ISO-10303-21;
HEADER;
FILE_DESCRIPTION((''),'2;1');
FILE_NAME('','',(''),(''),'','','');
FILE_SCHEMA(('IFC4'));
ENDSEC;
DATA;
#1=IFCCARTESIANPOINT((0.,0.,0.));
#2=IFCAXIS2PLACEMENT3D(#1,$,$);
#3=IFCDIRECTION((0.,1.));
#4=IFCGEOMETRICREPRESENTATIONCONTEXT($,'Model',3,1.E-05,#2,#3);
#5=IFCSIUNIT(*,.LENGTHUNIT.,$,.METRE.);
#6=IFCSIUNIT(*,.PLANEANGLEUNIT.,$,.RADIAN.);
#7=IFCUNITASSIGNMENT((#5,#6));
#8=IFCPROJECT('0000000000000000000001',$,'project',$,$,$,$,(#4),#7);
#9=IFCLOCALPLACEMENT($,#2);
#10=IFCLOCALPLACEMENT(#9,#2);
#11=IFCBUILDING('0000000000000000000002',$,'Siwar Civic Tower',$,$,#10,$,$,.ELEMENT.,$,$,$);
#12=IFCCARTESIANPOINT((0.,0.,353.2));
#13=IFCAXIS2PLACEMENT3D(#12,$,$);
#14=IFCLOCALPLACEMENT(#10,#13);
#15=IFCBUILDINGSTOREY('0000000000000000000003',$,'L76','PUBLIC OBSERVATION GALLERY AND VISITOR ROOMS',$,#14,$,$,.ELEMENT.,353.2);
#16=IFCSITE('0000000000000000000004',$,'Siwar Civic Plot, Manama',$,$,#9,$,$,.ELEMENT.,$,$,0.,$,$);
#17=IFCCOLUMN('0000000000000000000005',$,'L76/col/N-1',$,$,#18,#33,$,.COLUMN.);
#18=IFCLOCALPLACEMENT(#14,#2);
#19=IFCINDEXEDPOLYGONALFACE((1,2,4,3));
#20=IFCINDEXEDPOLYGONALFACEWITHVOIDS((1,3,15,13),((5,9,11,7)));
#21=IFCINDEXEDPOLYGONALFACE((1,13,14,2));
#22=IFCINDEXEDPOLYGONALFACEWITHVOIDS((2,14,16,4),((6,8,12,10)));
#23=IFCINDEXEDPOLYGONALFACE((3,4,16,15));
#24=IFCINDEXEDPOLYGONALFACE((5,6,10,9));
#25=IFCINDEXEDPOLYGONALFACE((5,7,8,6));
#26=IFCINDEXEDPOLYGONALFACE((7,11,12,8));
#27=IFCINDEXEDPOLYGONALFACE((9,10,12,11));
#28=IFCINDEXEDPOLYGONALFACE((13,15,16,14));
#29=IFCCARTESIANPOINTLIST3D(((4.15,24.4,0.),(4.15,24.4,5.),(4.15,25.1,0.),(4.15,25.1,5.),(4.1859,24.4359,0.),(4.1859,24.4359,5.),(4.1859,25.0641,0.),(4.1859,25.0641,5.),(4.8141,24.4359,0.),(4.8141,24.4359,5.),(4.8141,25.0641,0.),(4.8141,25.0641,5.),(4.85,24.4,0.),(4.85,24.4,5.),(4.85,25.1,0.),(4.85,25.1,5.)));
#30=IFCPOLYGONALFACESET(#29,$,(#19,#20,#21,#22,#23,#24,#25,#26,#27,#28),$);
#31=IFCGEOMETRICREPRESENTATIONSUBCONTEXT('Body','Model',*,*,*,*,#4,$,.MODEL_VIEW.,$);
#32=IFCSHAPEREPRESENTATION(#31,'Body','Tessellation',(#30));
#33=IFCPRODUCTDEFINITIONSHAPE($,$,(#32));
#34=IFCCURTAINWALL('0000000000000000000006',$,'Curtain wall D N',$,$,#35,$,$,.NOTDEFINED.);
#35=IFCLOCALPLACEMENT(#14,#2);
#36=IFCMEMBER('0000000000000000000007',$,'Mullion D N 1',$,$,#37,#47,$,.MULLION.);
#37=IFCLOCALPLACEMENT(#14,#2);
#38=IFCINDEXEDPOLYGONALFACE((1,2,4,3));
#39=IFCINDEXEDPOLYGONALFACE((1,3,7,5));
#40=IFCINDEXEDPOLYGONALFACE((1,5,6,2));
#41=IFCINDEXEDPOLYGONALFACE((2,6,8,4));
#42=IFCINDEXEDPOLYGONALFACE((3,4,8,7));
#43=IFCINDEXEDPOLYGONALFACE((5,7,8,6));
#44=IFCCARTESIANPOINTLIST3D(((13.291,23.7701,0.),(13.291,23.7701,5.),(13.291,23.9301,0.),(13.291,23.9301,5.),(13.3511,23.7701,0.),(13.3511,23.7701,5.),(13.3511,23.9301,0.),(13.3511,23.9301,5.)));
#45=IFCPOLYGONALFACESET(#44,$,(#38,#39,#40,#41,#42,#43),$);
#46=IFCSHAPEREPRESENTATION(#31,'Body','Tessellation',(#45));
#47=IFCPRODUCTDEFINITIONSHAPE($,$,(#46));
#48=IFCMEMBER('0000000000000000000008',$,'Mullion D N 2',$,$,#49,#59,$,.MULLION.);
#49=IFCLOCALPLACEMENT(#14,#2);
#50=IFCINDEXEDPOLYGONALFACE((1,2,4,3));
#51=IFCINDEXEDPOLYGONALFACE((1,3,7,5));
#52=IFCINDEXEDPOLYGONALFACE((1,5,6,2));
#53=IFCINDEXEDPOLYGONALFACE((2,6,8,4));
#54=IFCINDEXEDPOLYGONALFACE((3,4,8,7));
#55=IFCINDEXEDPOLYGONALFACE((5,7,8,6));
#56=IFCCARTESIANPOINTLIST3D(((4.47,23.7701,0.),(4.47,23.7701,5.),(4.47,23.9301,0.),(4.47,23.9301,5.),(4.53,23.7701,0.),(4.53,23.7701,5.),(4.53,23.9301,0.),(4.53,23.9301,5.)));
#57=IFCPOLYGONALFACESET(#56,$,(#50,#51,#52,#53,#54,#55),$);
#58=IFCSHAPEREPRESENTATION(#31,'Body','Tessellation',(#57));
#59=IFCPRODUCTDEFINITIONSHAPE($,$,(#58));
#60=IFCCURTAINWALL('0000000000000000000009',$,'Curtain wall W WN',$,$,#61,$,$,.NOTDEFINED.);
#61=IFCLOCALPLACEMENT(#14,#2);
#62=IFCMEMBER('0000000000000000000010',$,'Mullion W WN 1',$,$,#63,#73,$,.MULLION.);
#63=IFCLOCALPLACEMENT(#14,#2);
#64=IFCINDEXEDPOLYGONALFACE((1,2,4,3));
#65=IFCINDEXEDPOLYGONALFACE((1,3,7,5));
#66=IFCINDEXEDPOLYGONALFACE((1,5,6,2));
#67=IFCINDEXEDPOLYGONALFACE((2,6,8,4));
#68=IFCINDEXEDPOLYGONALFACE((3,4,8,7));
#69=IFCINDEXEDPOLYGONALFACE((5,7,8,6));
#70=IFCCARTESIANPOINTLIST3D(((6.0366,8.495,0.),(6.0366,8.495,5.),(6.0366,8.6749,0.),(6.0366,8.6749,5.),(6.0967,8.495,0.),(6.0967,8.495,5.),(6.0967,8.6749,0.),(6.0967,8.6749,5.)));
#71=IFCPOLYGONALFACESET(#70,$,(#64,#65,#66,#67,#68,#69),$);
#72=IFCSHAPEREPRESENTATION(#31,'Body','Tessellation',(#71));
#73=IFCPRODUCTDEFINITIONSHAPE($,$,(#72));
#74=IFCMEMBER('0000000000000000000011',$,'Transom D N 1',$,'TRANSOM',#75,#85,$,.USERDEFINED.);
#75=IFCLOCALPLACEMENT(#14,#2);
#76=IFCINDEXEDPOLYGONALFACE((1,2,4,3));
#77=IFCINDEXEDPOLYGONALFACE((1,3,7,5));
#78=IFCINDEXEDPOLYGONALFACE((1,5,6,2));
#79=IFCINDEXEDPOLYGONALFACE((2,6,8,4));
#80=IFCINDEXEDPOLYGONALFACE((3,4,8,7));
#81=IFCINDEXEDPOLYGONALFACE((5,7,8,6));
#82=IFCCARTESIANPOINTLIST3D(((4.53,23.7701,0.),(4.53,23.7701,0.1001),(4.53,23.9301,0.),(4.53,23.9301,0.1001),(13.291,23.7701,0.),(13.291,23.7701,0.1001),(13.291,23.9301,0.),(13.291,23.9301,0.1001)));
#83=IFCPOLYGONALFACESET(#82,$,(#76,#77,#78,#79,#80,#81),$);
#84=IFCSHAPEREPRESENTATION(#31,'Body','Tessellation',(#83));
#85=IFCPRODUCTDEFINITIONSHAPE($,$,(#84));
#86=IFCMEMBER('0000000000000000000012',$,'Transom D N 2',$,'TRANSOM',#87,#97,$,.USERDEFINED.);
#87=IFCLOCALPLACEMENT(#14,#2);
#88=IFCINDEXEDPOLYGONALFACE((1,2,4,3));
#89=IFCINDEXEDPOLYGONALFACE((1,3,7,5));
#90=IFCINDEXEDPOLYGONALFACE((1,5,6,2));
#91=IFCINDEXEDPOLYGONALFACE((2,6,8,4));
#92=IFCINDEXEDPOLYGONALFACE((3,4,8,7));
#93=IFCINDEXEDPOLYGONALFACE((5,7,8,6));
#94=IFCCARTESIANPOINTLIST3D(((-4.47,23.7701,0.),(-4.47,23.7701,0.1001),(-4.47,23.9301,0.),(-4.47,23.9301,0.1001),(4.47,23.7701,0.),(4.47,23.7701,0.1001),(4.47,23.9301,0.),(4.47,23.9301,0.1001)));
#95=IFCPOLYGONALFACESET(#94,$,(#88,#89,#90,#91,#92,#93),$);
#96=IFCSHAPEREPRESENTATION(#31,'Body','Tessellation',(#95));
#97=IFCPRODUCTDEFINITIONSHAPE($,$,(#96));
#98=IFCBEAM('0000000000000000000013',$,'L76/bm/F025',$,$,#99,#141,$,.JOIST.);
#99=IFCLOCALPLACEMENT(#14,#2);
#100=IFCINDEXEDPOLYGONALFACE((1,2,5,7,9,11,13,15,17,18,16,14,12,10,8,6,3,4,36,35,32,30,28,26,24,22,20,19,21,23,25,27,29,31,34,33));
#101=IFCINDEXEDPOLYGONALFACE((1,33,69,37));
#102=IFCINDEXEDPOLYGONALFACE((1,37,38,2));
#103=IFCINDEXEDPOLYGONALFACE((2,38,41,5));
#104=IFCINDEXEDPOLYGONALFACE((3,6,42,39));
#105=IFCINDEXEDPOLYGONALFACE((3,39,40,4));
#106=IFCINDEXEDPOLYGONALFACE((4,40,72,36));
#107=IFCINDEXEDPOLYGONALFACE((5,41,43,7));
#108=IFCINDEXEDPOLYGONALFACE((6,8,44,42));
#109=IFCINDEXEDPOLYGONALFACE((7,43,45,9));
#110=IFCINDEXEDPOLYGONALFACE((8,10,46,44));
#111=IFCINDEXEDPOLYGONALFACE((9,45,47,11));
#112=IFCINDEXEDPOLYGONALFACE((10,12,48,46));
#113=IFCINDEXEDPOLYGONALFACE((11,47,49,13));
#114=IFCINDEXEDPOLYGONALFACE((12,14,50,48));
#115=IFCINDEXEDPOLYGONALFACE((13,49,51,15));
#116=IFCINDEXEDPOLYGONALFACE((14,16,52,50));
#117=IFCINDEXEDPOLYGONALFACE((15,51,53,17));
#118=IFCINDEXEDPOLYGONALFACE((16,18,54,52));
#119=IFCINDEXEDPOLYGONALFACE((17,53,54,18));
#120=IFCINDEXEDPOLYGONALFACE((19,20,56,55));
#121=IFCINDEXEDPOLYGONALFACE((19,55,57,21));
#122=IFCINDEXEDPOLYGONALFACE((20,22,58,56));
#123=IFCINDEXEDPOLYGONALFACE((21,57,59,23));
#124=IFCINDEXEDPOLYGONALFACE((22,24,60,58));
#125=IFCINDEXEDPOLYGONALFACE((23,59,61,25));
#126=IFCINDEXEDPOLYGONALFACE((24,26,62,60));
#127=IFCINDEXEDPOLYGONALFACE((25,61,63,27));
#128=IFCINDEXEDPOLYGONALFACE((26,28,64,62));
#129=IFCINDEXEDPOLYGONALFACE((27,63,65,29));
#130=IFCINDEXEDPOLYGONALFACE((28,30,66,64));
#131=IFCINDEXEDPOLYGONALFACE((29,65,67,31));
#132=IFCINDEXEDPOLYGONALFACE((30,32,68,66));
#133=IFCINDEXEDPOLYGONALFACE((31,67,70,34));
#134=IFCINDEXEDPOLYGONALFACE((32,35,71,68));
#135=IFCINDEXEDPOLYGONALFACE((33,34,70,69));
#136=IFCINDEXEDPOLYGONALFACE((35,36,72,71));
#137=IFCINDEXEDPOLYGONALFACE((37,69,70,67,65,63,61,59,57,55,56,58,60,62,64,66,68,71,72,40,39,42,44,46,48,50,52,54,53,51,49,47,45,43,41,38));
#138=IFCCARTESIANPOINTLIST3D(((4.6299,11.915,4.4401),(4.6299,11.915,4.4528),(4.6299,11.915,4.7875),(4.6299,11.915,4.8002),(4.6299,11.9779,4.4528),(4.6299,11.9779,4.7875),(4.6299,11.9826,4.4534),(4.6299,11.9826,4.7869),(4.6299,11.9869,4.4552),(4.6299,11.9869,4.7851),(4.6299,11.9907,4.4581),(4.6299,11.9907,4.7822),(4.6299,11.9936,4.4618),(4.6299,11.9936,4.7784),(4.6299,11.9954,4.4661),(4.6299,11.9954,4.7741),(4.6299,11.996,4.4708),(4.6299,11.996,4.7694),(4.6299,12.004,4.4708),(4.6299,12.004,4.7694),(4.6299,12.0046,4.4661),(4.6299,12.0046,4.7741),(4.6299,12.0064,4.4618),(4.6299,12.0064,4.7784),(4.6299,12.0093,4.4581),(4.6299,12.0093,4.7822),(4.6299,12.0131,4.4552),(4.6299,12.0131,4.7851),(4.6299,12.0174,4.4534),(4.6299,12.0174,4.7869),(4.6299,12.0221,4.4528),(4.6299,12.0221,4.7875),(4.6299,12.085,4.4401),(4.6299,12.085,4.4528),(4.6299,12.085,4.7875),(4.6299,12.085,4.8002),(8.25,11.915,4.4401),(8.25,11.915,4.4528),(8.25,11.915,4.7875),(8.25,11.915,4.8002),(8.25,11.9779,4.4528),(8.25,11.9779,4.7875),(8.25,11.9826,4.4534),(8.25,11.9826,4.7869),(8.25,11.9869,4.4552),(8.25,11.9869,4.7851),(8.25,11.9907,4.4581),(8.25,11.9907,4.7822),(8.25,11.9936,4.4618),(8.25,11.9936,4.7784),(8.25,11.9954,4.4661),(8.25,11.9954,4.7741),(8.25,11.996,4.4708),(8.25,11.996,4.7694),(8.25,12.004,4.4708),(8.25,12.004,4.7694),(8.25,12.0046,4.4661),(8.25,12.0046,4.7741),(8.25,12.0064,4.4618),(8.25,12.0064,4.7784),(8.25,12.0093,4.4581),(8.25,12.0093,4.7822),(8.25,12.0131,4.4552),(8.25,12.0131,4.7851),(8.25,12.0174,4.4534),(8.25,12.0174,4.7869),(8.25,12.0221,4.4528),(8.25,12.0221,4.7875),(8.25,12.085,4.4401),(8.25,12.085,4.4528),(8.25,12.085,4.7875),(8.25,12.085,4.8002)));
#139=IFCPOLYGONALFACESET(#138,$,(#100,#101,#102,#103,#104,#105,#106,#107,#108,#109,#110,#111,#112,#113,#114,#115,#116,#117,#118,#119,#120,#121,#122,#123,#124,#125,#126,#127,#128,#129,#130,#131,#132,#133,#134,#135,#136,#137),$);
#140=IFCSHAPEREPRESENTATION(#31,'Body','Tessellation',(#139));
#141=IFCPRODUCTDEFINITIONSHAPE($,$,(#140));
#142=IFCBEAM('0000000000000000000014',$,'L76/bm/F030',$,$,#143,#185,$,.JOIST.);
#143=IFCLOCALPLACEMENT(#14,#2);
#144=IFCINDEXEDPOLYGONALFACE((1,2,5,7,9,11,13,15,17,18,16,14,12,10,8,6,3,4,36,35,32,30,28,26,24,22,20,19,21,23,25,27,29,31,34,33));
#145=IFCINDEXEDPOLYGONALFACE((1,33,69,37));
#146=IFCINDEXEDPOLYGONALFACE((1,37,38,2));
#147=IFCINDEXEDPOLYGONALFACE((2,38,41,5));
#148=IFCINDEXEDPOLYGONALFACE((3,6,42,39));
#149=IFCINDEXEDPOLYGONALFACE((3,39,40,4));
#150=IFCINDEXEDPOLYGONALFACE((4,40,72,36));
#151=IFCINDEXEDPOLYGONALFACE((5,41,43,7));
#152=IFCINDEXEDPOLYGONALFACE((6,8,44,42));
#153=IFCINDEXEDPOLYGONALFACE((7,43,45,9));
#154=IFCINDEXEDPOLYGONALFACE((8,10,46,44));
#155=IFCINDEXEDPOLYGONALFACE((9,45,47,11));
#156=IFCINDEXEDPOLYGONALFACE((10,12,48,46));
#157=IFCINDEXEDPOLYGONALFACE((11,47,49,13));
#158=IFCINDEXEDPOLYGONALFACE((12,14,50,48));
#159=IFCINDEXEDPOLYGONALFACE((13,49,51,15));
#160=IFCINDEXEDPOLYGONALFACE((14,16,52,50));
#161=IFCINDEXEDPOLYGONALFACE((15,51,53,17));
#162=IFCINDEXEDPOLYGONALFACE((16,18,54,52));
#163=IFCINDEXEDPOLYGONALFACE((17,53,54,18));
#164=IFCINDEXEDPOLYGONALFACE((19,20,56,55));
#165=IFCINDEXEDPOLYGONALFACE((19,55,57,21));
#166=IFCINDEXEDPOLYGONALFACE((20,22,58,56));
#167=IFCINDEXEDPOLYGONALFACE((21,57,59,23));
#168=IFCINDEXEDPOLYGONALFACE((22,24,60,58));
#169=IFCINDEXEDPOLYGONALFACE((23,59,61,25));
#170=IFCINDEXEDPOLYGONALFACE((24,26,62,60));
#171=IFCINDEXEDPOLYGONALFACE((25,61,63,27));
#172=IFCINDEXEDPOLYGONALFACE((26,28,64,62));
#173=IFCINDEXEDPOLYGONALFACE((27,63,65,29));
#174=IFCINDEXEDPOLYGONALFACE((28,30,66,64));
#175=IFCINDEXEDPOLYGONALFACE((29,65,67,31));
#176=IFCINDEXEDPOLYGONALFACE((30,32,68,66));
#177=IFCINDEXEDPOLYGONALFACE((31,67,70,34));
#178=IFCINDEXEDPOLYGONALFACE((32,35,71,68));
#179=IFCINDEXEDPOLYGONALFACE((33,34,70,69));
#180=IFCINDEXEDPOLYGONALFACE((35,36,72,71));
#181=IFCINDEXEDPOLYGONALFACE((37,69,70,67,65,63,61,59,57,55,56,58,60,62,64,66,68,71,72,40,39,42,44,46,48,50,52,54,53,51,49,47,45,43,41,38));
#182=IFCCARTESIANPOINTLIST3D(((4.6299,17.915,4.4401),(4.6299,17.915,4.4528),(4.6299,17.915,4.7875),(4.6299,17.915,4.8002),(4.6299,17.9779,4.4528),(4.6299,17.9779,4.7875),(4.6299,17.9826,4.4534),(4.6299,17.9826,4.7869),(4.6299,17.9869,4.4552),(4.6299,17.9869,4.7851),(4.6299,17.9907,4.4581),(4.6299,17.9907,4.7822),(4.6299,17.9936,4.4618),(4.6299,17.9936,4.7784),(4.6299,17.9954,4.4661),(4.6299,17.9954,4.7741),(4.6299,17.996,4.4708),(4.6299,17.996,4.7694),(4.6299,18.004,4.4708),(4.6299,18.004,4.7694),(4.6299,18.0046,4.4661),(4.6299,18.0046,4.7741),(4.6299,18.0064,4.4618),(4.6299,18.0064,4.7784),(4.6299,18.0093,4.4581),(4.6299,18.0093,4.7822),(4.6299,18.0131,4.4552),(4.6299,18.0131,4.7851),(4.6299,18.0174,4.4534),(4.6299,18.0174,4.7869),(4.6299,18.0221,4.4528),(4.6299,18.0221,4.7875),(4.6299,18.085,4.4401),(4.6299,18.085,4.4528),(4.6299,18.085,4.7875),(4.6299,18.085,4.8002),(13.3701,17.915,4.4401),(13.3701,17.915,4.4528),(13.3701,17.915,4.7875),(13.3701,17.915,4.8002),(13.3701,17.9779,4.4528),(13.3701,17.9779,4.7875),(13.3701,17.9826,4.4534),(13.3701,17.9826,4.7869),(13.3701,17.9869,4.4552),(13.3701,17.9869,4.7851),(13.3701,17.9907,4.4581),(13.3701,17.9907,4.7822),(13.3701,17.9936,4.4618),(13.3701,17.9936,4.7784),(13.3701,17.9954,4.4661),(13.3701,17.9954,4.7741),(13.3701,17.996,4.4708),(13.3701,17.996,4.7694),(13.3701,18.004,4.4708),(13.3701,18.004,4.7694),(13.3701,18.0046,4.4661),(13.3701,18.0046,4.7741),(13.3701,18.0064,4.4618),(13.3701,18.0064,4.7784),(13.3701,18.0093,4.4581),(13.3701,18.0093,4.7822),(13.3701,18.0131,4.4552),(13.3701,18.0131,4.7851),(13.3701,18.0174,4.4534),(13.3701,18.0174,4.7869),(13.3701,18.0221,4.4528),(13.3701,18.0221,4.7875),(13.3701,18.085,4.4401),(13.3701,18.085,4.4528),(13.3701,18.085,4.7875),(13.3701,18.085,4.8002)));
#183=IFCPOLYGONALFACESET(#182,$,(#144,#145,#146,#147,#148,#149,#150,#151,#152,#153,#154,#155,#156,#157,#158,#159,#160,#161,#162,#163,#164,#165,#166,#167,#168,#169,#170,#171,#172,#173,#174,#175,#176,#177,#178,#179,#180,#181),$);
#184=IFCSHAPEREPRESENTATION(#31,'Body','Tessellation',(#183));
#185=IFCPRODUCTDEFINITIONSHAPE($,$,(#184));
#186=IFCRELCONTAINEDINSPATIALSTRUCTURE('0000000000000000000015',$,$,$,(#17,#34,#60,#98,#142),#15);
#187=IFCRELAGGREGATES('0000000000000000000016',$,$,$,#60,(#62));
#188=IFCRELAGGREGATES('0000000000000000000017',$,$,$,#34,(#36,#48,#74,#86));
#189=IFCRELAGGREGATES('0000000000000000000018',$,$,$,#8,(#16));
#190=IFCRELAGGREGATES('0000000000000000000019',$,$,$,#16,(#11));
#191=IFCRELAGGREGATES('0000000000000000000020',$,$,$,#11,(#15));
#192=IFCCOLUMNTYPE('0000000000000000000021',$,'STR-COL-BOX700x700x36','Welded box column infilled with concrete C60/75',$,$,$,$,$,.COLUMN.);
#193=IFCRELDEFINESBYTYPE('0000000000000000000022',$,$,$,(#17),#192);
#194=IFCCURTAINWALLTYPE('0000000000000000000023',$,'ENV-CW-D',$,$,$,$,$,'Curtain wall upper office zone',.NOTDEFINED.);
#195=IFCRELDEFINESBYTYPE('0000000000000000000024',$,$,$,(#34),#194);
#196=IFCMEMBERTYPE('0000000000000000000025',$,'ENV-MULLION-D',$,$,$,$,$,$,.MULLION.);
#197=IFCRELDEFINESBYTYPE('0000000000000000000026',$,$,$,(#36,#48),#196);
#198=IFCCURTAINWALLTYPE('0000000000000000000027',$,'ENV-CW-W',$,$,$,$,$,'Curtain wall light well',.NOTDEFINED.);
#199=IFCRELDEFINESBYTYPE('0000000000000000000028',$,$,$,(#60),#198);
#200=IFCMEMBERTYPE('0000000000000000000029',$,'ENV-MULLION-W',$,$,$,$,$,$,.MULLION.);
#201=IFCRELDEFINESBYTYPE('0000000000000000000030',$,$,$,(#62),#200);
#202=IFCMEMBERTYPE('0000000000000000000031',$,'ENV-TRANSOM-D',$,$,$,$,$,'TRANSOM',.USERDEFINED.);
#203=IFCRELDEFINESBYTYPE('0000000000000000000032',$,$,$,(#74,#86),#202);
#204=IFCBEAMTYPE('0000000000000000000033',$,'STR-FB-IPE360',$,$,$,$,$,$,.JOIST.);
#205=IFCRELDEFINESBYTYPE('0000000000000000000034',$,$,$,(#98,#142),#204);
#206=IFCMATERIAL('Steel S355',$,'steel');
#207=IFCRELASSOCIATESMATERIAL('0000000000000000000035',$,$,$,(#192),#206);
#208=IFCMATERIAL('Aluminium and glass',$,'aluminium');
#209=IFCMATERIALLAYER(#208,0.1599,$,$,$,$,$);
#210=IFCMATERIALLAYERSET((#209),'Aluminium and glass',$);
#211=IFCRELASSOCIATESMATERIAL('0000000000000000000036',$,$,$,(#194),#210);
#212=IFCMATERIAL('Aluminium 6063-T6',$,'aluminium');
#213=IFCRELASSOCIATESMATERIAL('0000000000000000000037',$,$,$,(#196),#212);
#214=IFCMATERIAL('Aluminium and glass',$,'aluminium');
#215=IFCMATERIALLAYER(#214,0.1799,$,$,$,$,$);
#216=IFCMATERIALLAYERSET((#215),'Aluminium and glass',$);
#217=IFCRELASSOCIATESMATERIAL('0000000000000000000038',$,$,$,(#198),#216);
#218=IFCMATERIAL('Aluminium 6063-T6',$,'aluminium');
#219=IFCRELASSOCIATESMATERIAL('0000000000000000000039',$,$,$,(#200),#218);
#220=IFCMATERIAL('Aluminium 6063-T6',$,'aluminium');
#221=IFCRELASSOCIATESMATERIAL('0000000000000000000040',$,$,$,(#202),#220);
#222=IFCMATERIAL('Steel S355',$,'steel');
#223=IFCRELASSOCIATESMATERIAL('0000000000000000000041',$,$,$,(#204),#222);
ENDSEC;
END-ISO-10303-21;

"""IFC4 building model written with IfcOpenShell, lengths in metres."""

from ifc_helpers import new_model, si_unit, direction, frame, origin, origin_2d, place, context, subcontext, project, spatial, rectangle, hollow_rectangle, i_section, extrude, material, layer, layer_set, material_profile, profile_set, type_object, element, aggregate, save


model = new_model("IFC4")

# Units and contexts
model_context = context("Model", 3, precision=1e-05, world=origin(), true_north=direction((0.0, 1.0)))
body_context = subcontext(model_context, "Body", "Model", "MODEL_VIEW")
ifc_project = project(units=[si_unit("LENGTHUNIT", "METRE"), si_unit("PLANEANGLEUNIT", "RADIAN")], contexts=[model_context])

# Site, building, storey
site_placement = place(None, origin())
site = spatial("IfcSite", under=ifc_project, at=site_placement, Name="Siwar Civic Plot, Manama", CompositionType="ELEMENT", RefElevation=0.0)
building_placement = place(site_placement, origin())
building = spatial("IfcBuilding", under=site, at=building_placement, Name="Siwar Civic Tower", CompositionType="ELEMENT")
storey_placement = place(building_placement, frame((0.0, 0.0, 353.2)))
storey = spatial("IfcBuildingStorey", under=building, at=storey_placement, Name="L76", Description="PUBLIC OBSERVATION GALLERY AND VISITOR ROOMS", CompositionType="ELEMENT", Elevation=353.2)

# Column
ifc_material_1 = material(Name="Steel S355", Category="steel")
ifc_material_profile_1 = material_profile(ifc_material_1, hollow_rectangle(XDim=0.7, YDim=0.7, WallThickness=0.0359, at=origin_2d()), Name="BOX700x700x36")
ifc_profile_set_1 = profile_set([ifc_material_profile_1], Name="Steel S355")
column_type = type_object("IfcColumnType", Name="STR-COL-BOX700x700x36", Description="Welded box column infilled with concrete C60/75", PredefinedType="COLUMN", material=ifc_profile_set_1)
column_placement = place(storey_placement, frame((4.5, 24.75, 0.0), z_axis=(0.0, 0.0, 1.0), x_axis=(1.0, 0.0, 0.0)))
element("IfcColumn", 1, at=column_placement, inside=storey, type_object=column_type, Name="L76/col/N-1", PredefinedType="COLUMN", context=body_context, shape_type="SweptSolid", body=[
    extrude(hollow_rectangle(XDim=0.7, YDim=0.7, WallThickness=0.0359, at=origin_2d()), origin(), (0.0, 0.0, 1.0), 5.0),
])

# Curtain wall, members
ifc_material_2 = material(Name="Aluminium and glass", Category="aluminium")
ifc_layer_1 = layer(ifc_material_2, 0.1599)
ifc_layer_set_1 = layer_set([ifc_layer_1], Name="Aluminium and glass")
curtain_wall_type_1 = type_object("IfcCurtainWallType", Name="ENV-CW-D", ElementType="Curtain wall upper office zone", PredefinedType="NOTDEFINED", material=ifc_layer_set_1)
curtain_wall_1_placement = place(storey_placement, origin())
curtain_wall_1 = element("IfcCurtainWall", 2, at=curtain_wall_1_placement, inside=storey, type_object=curtain_wall_type_1, Name="Curtain wall D N", PredefinedType="NOTDEFINED")
ifc_material_3 = material(Name="Aluminium 6063-T6", Category="aluminium")
ifc_material_profile_2 = material_profile(ifc_material_3, rectangle(XDim=0.1599, YDim=0.0601, at=origin_2d()), Name="AL 160x60")
ifc_profile_set_2 = profile_set([ifc_material_profile_2], Name="Aluminium 6063-T6")
member_type_1 = type_object("IfcMemberType", Name="ENV-MULLION-D", PredefinedType="MULLION", material=ifc_profile_set_2)
member_1_placement = place(storey_placement, frame((13.321, 23.8501, 0.0), z_axis=(0.0, 0.0, 1.0), x_axis=(0.0, -1.0, 0.0)))
member_1 = element("IfcMember", 3, at=member_1_placement, type_object=member_type_1, Name="Mullion D N 1", PredefinedType="MULLION", context=body_context, shape_type="SweptSolid", body=[
    extrude(rectangle(XDim=0.1599, YDim=0.0601, at=origin_2d()), origin(), (0.0, 0.0, 1.0), 5.0),
])
member_2_placement = place(storey_placement, frame((4.5, 23.8501, 0.0), z_axis=(0.0, 0.0, 1.0), x_axis=(0.0, -1.0, 0.0)))
member_2 = element("IfcMember", 4, at=member_2_placement, type_object=member_type_1, Name="Mullion D N 2", PredefinedType="MULLION", context=body_context, shape_type="SweptSolid", body=[
    extrude(rectangle(XDim=0.1599, YDim=0.0601, at=origin_2d()), origin(), (0.0, 0.0, 1.0), 5.0),
])

# Curtain wall, member
ifc_material_4 = material(Name="Aluminium and glass", Category="aluminium")
ifc_layer_2 = layer(ifc_material_4, 0.1799)
ifc_layer_set_2 = layer_set([ifc_layer_2], Name="Aluminium and glass")
curtain_wall_type_2 = type_object("IfcCurtainWallType", Name="ENV-CW-W", ElementType="Curtain wall light well", PredefinedType="NOTDEFINED", material=ifc_layer_set_2)
curtain_wall_2_placement = place(storey_placement, origin())
curtain_wall_2 = element("IfcCurtainWall", 5, at=curtain_wall_2_placement, inside=storey, type_object=curtain_wall_type_2, Name="Curtain wall W WN", PredefinedType="NOTDEFINED")
ifc_material_5 = material(Name="Aluminium 6063-T6", Category="aluminium")
ifc_material_profile_3 = material_profile(ifc_material_5, rectangle(XDim=0.1799, YDim=0.0601, at=origin_2d()), Name="AL 180x60")
ifc_profile_set_3 = profile_set([ifc_material_profile_3], Name="Aluminium 6063-T6")
member_type_2 = type_object("IfcMemberType", Name="ENV-MULLION-W", PredefinedType="MULLION", material=ifc_profile_set_3)
member_3_placement = place(storey_placement, frame((6.0667, 8.585, 0.0), z_axis=(0.0, 0.0, 1.0), x_axis=(0.0, -1.0, 0.0)))
member_3 = element("IfcMember", 6, at=member_3_placement, type_object=member_type_2, Name="Mullion W WN 1", PredefinedType="MULLION", context=body_context, shape_type="SweptSolid", body=[
    extrude(rectangle(XDim=0.1799, YDim=0.0601, at=origin_2d()), origin(), (0.0, 0.0, 1.0), 5.0),
])
aggregate(curtain_wall_2, [member_3])

# Members
ifc_material_6 = material(Name="Aluminium 6063-T6", Category="aluminium")
ifc_material_profile_4 = material_profile(ifc_material_6, rectangle(XDim=0.1599, YDim=0.1001, at=origin_2d()), Name="AL 160x100")
ifc_profile_set_4 = profile_set([ifc_material_profile_4], Name="Aluminium 6063-T6")
member_type_3 = type_object("IfcMemberType", Name="ENV-TRANSOM-D", ElementType="TRANSOM", PredefinedType="USERDEFINED", material=ifc_profile_set_4)
member_4_placement = place(storey_placement, frame((13.291, 23.8501, 0.05), z_axis=(-1.0, 0.0, 0.0), x_axis=(0.0, -1.0, 0.0)))
member_4 = element("IfcMember", 7, at=member_4_placement, type_object=member_type_3, Name="Transom D N 1", ObjectType="TRANSOM", PredefinedType="USERDEFINED", context=body_context, shape_type="SweptSolid", body=[
    extrude(rectangle(XDim=0.1599, YDim=0.1001, at=origin_2d()), origin(), (0.0, 0.0, 1.0), 8.761),
])
member_5_placement = place(storey_placement, frame((4.47, 23.8501, 0.05), z_axis=(-1.0, 0.0, 0.0), x_axis=(0.0, -1.0, 0.0)))
member_5 = element("IfcMember", 8, at=member_5_placement, type_object=member_type_3, Name="Transom D N 2", ObjectType="TRANSOM", PredefinedType="USERDEFINED", context=body_context, shape_type="SweptSolid", body=[
    extrude(rectangle(XDim=0.1599, YDim=0.1001, at=origin_2d()), origin(), (0.0, 0.0, 1.0), 8.9399),
])

# Beams
ifc_material_7 = material(Name="Steel S355", Category="steel")
ifc_material_profile_5 = material_profile(ifc_material_7, i_section(OverallWidth=0.1699, OverallDepth=0.3601, WebThickness=0.0081, FlangeThickness=0.0127, FilletRadius=0.0181, at=origin_2d()), Name="IPE360")
ifc_profile_set_5 = profile_set([ifc_material_profile_5], Name="Steel S355")
beam_type_1 = type_object("IfcBeamType", Name="STR-FB-IPE360", PredefinedType="JOIST", material=ifc_profile_set_5)
beam_1_placement = place(storey_placement, frame((4.6299, 12.0, 4.6201), z_axis=(1.0, 0.0, 0.0), x_axis=(0.0, 1.0, 0.0)))
element("IfcBeam", 9, at=beam_1_placement, inside=storey, type_object=beam_type_1, Name="L76/bm/F025", PredefinedType="JOIST", context=body_context, shape_type="SweptSolid", body=[
    extrude(i_section(OverallWidth=0.1699, OverallDepth=0.3601, WebThickness=0.0081, FlangeThickness=0.0127, FilletRadius=0.0181, at=origin_2d()), origin(), (0.0, 0.0, 1.0), 3.6201),
])
for number, where, z_axis, x_axis, name in (
    (10, (4.6299, 18.0, 4.6201), (1.0, 0.0, 0.0), (0.0, 1.0, 0.0), "L76/bm/F030"),
):
    element("IfcBeam", number, at=place(storey_placement, frame(where, z_axis=z_axis, x_axis=x_axis)), inside=storey, type_object=beam_type_1, Name=name, PredefinedType="JOIST", context=body_context, shape_type="SweptSolid", body=[
        extrude(i_section(OverallWidth=0.1699, OverallDepth=0.3601, WebThickness=0.0081, FlangeThickness=0.0127, FilletRadius=0.0181, at=origin_2d()), origin(), (0.0, 0.0, 1.0), 8.7402),
    ])

aggregate(curtain_wall_1, [member_1, member_2, member_4, member_5])

save(model, "model.ifc")
